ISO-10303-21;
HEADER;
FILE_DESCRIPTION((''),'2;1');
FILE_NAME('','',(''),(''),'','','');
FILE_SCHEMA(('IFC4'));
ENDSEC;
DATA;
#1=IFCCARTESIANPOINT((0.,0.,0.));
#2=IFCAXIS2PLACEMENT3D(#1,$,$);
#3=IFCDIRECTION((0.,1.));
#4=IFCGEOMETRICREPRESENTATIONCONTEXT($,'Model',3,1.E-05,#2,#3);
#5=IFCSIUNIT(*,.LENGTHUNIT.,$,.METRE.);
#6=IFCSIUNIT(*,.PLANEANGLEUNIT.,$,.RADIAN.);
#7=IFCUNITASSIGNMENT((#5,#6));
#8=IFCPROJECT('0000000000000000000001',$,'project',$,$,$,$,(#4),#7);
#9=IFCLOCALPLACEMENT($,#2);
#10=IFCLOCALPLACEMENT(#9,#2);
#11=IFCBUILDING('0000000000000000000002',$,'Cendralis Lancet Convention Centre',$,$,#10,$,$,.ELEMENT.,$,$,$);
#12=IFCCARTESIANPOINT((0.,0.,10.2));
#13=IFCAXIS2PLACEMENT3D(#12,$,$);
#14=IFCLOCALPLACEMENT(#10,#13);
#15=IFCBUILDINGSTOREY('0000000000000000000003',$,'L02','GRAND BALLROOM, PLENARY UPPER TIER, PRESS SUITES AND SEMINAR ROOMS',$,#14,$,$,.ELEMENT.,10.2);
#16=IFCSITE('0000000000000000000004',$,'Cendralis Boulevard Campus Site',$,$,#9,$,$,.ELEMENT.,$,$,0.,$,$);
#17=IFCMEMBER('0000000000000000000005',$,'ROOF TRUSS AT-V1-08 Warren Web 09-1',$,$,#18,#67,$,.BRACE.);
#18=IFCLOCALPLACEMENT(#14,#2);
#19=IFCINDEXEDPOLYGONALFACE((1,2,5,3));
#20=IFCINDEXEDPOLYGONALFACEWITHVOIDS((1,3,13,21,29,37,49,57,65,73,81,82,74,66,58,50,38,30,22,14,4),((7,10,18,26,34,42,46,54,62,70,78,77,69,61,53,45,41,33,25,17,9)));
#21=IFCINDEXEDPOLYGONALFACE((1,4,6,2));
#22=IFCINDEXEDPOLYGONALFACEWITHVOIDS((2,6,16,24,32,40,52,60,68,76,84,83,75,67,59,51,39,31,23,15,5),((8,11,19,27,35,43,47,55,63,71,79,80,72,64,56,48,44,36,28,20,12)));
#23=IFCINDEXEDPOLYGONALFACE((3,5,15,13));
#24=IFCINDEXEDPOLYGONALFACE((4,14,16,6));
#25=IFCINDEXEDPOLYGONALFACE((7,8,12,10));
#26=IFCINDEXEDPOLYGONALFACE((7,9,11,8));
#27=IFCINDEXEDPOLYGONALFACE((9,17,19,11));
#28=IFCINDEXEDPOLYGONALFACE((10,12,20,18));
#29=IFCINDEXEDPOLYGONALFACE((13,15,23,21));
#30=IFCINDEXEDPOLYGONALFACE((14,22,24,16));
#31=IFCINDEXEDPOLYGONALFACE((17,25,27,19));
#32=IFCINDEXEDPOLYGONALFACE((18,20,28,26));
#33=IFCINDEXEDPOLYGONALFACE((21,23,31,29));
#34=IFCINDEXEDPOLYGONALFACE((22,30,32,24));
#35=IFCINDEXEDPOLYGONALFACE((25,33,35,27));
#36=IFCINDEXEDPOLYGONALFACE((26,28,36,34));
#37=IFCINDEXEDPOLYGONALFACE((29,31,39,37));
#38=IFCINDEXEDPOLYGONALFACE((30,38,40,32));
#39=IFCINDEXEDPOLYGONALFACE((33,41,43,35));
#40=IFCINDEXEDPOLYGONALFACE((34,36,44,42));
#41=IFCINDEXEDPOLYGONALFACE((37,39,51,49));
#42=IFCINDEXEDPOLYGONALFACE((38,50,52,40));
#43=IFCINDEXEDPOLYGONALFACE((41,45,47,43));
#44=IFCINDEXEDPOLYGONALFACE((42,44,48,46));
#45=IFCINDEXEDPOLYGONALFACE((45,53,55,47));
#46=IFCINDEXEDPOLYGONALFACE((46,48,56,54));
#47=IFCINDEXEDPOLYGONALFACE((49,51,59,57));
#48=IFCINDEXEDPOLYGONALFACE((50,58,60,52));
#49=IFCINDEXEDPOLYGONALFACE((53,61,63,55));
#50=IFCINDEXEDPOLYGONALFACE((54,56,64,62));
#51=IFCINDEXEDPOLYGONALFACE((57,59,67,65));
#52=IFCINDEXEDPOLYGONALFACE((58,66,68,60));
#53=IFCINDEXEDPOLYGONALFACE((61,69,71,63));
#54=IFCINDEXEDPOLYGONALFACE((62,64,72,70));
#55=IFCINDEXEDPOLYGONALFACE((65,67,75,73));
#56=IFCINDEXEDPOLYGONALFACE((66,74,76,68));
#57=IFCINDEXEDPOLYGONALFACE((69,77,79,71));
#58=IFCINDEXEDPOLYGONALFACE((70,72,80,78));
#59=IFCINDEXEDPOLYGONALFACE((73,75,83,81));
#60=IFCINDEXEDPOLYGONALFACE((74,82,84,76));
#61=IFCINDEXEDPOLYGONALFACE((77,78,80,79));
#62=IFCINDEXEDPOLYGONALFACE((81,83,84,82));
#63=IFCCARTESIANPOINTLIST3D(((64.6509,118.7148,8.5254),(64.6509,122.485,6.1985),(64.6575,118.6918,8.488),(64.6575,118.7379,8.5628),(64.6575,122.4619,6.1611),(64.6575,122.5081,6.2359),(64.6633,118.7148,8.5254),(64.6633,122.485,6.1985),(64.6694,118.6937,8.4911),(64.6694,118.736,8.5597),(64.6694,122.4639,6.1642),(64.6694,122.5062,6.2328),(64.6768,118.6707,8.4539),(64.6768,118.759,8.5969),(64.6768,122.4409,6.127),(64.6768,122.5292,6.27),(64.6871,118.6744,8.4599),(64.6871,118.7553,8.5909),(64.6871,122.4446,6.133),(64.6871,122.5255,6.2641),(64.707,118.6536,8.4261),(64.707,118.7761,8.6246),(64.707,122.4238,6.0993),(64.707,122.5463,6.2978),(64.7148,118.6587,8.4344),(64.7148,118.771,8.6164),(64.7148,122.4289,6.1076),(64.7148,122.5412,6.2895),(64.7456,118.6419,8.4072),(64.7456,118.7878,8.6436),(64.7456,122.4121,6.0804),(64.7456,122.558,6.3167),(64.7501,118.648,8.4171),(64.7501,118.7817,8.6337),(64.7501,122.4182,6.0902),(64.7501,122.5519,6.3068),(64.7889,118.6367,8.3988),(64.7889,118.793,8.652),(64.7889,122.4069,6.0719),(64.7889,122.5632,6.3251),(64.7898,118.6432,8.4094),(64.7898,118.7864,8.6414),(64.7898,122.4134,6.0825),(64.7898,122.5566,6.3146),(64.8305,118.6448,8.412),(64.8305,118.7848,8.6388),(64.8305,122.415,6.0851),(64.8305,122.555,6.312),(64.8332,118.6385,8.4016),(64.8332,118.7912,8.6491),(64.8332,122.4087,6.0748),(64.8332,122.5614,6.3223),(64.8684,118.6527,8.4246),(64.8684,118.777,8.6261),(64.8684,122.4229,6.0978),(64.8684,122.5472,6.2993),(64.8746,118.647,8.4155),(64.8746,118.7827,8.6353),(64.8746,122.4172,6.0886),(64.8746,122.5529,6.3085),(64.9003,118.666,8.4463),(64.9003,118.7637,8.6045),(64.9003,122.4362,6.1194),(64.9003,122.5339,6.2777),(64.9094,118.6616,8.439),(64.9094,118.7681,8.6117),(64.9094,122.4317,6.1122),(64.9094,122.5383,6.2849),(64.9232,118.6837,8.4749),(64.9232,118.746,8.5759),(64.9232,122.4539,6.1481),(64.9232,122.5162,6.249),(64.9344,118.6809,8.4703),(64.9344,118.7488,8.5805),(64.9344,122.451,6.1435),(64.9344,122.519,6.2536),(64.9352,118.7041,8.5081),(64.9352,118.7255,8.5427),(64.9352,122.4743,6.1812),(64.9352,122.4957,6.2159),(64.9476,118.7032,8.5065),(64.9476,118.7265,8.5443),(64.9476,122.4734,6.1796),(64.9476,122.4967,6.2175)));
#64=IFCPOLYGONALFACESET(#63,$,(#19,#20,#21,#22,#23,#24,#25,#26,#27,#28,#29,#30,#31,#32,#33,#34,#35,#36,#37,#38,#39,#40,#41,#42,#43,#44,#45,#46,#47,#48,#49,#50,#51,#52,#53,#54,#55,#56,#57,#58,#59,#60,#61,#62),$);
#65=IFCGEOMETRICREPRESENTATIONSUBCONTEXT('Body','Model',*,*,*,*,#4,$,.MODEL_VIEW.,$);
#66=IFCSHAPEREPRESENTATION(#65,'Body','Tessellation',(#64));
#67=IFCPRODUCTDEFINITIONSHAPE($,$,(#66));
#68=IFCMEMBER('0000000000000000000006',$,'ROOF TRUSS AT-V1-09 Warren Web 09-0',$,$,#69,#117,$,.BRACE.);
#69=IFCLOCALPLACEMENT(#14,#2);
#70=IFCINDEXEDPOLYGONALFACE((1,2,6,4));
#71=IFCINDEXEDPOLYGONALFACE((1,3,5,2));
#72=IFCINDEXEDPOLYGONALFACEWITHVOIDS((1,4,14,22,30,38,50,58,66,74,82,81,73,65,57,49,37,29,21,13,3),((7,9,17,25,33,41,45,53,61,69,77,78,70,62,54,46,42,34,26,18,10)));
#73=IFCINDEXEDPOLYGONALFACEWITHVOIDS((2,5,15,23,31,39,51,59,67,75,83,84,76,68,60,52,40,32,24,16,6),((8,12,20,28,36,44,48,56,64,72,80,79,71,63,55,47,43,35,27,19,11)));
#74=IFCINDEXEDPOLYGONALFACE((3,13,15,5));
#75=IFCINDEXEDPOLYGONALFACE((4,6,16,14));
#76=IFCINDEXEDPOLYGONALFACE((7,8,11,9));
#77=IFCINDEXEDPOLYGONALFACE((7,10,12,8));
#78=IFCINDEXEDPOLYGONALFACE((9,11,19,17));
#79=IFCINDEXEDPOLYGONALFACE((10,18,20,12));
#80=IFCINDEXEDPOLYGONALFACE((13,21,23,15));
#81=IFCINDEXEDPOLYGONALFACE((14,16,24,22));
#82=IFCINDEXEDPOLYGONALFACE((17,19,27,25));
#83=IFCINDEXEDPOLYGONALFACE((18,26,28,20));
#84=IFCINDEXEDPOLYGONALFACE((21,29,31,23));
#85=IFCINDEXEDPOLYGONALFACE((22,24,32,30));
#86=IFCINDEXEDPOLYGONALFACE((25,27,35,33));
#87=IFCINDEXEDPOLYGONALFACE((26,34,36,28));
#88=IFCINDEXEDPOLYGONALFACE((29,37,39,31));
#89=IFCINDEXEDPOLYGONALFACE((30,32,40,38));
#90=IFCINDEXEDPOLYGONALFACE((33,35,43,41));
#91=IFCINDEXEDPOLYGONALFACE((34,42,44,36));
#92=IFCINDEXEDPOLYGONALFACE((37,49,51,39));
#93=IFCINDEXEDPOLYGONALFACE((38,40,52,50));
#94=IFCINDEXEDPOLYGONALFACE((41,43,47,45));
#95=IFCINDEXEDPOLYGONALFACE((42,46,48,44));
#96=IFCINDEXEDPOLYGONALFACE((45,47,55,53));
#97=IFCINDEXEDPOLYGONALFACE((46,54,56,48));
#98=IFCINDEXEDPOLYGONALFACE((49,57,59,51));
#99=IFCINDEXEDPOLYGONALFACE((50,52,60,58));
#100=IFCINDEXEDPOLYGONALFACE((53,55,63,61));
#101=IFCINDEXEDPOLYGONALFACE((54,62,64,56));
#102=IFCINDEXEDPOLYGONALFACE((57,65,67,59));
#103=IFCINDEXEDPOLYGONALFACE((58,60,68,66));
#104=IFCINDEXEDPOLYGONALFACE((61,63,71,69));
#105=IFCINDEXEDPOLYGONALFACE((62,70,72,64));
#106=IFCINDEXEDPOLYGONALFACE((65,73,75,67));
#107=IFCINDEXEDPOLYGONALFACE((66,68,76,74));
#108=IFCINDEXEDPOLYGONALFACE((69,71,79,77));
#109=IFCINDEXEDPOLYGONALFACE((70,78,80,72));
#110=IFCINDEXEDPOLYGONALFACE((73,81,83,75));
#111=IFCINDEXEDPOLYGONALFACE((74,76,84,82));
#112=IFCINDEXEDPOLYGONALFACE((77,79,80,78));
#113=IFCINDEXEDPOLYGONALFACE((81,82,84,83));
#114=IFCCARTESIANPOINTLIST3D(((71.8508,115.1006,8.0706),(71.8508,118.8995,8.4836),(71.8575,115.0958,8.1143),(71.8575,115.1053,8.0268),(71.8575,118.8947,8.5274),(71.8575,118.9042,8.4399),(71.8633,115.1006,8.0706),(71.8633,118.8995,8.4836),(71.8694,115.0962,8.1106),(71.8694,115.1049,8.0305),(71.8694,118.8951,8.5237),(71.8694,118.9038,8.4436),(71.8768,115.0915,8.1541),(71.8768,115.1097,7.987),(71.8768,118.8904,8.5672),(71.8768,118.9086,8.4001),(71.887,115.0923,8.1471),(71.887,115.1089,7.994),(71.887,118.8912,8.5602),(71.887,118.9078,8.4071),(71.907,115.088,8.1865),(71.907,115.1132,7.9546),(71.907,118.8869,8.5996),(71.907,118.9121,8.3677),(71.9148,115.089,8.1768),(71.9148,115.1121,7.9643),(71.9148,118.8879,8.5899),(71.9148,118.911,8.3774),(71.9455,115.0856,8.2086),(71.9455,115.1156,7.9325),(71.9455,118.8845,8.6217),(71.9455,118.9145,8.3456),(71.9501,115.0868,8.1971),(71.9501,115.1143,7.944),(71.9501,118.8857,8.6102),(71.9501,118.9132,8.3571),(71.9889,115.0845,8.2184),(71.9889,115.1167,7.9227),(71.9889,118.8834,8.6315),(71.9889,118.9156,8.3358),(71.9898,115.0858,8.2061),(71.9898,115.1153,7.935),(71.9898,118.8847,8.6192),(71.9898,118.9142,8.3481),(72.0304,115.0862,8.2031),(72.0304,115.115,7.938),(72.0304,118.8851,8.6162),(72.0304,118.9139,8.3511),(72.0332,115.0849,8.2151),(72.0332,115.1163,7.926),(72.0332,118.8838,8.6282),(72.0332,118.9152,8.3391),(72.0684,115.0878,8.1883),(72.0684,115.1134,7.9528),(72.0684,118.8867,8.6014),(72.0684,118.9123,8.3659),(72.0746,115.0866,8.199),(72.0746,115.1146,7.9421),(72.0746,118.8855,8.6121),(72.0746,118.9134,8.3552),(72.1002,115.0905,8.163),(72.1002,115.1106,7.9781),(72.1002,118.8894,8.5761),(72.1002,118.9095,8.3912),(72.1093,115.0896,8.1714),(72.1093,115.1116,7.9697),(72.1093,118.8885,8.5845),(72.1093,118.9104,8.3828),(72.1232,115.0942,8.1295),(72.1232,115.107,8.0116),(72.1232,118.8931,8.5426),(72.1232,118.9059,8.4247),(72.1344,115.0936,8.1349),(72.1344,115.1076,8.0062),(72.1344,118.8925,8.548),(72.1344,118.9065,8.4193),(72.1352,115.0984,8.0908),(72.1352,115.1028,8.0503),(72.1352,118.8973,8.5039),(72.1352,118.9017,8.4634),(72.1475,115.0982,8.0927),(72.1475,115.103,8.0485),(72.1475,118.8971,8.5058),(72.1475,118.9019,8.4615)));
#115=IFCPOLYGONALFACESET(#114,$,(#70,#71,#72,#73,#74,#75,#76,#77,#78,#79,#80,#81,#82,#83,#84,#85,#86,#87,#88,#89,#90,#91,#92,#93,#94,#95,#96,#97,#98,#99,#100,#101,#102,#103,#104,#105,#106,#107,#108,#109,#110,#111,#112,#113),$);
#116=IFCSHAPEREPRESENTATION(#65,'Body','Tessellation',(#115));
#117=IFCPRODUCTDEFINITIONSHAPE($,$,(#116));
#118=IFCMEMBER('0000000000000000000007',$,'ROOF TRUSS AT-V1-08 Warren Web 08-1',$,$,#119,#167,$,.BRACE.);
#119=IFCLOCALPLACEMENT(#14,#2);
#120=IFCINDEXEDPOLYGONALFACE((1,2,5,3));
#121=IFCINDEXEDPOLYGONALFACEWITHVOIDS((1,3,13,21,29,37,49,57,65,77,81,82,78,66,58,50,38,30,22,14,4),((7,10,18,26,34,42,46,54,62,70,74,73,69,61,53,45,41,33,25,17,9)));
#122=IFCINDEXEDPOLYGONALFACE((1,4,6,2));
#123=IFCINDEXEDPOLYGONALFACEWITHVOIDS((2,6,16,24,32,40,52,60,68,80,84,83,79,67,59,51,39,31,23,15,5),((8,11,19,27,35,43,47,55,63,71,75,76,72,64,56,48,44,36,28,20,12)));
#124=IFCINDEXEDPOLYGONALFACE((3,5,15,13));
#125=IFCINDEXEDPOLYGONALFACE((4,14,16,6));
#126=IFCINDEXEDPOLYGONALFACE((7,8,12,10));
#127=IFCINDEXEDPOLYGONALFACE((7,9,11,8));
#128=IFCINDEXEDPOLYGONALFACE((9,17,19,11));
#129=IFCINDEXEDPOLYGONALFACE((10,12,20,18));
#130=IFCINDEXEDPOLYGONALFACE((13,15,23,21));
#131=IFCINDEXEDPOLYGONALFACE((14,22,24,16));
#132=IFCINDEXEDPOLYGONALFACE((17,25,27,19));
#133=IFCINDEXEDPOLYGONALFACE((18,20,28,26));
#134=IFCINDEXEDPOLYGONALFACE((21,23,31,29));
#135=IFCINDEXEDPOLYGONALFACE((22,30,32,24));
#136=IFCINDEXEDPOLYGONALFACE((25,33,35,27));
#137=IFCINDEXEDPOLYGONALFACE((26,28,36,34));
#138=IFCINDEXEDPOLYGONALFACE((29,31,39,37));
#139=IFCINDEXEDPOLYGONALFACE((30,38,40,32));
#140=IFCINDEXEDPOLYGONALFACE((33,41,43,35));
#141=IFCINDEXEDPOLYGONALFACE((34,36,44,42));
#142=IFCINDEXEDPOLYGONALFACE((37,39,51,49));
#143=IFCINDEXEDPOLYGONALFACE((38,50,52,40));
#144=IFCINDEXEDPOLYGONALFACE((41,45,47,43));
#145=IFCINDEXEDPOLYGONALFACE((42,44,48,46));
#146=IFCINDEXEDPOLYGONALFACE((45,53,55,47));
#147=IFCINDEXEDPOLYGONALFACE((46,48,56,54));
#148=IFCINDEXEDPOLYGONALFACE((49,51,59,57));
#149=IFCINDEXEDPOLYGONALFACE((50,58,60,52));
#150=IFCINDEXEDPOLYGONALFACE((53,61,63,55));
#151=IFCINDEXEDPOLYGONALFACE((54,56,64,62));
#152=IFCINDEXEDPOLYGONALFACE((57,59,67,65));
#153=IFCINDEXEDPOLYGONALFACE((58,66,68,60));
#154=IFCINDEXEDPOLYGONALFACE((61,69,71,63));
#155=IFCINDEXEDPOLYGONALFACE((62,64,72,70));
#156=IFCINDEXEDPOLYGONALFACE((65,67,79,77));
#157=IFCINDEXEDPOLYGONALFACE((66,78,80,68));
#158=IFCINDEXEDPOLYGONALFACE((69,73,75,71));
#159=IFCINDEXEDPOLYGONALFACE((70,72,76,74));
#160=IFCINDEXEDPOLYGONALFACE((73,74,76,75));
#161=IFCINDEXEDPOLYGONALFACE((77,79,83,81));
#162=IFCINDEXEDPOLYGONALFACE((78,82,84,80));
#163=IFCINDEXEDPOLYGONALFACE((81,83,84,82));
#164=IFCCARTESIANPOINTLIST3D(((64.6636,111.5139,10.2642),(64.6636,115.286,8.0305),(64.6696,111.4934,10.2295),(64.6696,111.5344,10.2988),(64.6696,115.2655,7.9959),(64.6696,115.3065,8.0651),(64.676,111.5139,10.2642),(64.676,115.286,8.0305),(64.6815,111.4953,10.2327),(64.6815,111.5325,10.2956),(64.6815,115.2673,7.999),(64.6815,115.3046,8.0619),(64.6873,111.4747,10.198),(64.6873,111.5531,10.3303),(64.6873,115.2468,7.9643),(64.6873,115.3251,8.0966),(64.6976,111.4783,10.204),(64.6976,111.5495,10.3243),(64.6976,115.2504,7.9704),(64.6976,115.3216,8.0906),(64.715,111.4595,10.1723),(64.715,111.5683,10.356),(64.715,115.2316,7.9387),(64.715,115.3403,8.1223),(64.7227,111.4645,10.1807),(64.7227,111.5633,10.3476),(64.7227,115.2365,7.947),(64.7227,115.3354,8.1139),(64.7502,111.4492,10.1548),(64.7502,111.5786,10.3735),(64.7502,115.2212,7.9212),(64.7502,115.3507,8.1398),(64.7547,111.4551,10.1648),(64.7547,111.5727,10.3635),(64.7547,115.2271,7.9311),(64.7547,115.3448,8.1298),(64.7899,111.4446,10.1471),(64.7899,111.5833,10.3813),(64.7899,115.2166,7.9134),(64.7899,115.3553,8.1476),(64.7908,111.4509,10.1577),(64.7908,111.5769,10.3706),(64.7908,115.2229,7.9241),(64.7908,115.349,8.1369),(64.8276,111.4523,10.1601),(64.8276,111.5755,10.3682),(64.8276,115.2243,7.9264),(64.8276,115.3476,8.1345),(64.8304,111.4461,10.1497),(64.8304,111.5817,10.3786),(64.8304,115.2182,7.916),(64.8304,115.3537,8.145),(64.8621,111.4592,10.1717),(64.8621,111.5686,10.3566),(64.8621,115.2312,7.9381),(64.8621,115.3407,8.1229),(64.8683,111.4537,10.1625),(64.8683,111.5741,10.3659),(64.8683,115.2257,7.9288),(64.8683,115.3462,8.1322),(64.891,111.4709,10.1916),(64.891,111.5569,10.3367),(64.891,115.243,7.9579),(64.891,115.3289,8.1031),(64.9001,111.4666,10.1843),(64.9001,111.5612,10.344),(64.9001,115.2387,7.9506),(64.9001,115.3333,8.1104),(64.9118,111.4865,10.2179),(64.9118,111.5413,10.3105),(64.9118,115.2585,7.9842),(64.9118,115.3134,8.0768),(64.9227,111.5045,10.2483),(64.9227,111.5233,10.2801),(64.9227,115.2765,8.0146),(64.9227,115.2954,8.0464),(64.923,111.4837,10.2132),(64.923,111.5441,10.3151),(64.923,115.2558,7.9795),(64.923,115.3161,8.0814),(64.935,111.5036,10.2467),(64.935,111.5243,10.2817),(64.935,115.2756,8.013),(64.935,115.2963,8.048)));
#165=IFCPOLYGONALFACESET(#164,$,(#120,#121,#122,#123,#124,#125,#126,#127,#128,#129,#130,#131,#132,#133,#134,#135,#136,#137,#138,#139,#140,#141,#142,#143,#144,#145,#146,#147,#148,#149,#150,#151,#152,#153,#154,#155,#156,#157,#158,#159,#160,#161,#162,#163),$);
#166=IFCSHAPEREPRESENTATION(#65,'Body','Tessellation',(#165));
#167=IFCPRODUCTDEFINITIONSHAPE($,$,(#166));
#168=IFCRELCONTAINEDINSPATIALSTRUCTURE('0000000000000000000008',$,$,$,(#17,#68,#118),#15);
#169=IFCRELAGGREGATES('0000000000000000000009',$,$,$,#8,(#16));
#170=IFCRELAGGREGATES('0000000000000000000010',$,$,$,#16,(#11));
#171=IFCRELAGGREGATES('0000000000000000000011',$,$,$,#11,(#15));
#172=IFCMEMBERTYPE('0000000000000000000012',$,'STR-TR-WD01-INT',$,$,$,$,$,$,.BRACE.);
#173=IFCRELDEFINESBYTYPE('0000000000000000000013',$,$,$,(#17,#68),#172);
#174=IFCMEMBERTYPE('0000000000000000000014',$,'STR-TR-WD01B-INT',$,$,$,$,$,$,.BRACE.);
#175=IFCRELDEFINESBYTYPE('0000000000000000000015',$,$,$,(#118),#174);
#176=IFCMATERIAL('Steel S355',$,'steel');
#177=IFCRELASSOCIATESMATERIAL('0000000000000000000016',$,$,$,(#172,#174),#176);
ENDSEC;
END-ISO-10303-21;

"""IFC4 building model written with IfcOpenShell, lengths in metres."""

from ifc_helpers import new_model, si_unit, direction, frame, origin, origin_2d, place, context, subcontext, project, spatial, hollow_circle, extrude, material, material_profile, profile_set, type_object, element, save


model = new_model("IFC4")

# Units and contexts
model_context = context("Model", 3, precision=1e-05, world=origin(), true_north=direction((0.0, 1.0)))
body_context = subcontext(model_context, "Body", "Model", "MODEL_VIEW")
ifc_project = project(units=[si_unit("LENGTHUNIT", "METRE"), si_unit("PLANEANGLEUNIT", "RADIAN")], contexts=[model_context])

# Site, building, storey
site_placement = place(None, origin())
site = spatial("IfcSite", under=ifc_project, at=site_placement, Name="Cendralis Boulevard Campus Site", CompositionType="ELEMENT", RefElevation=0.0)
building_placement = place(site_placement, origin())
building = spatial("IfcBuilding", under=site, at=building_placement, Name="Cendralis Lancet Convention Centre", CompositionType="ELEMENT")
storey_placement = place(building_placement, frame((0.0, 0.0, 10.2)))
storey = spatial("IfcBuildingStorey", under=building, at=storey_placement, Name="L02", Description="GRAND BALLROOM, PLENARY UPPER TIER, PRESS SUITES AND SEMINAR ROOMS", CompositionType="ELEMENT", Elevation=10.2)

# Members
ifc_material = material(Name="Steel S355", Category="steel")
ifc_material_profile_1 = material_profile(ifc_material, hollow_circle(Radius=0.1492, WallThickness=0.0125, at=origin_2d()), Name="CHS 298.5x12.5")
ifc_profile_set_1 = profile_set([ifc_material_profile_1], Name="Steel S355")
member_type_1 = type_object("IfcMemberType", Name="STR-TR-WD01-INT", PredefinedType="BRACE", material=ifc_profile_set_1)
member_1_placement = place(storey_placement, frame((64.8, 118.7148, 8.5254), z_axis=(0.0, 0.850978, -0.525201), x_axis=(-1.0, 0.0, 0.0)))
element("IfcMember", 1, at=member_1_placement, inside=storey, type_object=member_type_1, Name="ROOF TRUSS AT-V1-08 Warren Web 09-1", PredefinedType="BRACE", context=body_context, shape_type="SweptSolid", body=[
    extrude(hollow_circle(Radius=0.1492, WallThickness=0.0125, at=origin_2d()), origin(), (0.0, 0.0, 1.0), 4.4304),
])
member_2_placement = place(storey_placement, frame((72.0, 115.1006, 8.0706), z_axis=(0.0, 0.99414, 0.108103), x_axis=(-1.0, 0.0, 0.0)))
element("IfcMember", 2, at=member_2_placement, inside=storey, type_object=member_type_1, Name="ROOF TRUSS AT-V1-09 Warren Web 09-0", PredefinedType="BRACE", context=body_context, shape_type="SweptSolid", body=[
    extrude(hollow_circle(Radius=0.1492, WallThickness=0.0125, at=origin_2d()), origin(), (0.0, 0.0, 1.0), 3.8213),
])
ifc_material_profile_2 = material_profile(ifc_material, hollow_circle(Radius=0.1365, WallThickness=0.0125, at=origin_2d()), Name="CHS 273.0x12.5")
ifc_profile_set_2 = profile_set([ifc_material_profile_2], Name="Steel S355")
member_type_2 = type_object("IfcMemberType", Name="STR-TR-WD01B-INT", PredefinedType="BRACE", material=ifc_profile_set_2)
member_3_placement = place(storey_placement, frame((64.8, 111.5139, 10.2642), z_axis=(0.0, 0.860452, -0.509532), x_axis=(-1.0, 0.0, 0.0)))
element("IfcMember", 3, at=member_3_placement, inside=storey, type_object=member_type_2, Name="ROOF TRUSS AT-V1-08 Warren Web 08-1", PredefinedType="BRACE", context=body_context, shape_type="SweptSolid", body=[
    extrude(hollow_circle(Radius=0.1365, WallThickness=0.0125, at=origin_2d()), origin(), (0.0, 0.0, 1.0), 4.3838),
])

save(model, "model.ifc")
